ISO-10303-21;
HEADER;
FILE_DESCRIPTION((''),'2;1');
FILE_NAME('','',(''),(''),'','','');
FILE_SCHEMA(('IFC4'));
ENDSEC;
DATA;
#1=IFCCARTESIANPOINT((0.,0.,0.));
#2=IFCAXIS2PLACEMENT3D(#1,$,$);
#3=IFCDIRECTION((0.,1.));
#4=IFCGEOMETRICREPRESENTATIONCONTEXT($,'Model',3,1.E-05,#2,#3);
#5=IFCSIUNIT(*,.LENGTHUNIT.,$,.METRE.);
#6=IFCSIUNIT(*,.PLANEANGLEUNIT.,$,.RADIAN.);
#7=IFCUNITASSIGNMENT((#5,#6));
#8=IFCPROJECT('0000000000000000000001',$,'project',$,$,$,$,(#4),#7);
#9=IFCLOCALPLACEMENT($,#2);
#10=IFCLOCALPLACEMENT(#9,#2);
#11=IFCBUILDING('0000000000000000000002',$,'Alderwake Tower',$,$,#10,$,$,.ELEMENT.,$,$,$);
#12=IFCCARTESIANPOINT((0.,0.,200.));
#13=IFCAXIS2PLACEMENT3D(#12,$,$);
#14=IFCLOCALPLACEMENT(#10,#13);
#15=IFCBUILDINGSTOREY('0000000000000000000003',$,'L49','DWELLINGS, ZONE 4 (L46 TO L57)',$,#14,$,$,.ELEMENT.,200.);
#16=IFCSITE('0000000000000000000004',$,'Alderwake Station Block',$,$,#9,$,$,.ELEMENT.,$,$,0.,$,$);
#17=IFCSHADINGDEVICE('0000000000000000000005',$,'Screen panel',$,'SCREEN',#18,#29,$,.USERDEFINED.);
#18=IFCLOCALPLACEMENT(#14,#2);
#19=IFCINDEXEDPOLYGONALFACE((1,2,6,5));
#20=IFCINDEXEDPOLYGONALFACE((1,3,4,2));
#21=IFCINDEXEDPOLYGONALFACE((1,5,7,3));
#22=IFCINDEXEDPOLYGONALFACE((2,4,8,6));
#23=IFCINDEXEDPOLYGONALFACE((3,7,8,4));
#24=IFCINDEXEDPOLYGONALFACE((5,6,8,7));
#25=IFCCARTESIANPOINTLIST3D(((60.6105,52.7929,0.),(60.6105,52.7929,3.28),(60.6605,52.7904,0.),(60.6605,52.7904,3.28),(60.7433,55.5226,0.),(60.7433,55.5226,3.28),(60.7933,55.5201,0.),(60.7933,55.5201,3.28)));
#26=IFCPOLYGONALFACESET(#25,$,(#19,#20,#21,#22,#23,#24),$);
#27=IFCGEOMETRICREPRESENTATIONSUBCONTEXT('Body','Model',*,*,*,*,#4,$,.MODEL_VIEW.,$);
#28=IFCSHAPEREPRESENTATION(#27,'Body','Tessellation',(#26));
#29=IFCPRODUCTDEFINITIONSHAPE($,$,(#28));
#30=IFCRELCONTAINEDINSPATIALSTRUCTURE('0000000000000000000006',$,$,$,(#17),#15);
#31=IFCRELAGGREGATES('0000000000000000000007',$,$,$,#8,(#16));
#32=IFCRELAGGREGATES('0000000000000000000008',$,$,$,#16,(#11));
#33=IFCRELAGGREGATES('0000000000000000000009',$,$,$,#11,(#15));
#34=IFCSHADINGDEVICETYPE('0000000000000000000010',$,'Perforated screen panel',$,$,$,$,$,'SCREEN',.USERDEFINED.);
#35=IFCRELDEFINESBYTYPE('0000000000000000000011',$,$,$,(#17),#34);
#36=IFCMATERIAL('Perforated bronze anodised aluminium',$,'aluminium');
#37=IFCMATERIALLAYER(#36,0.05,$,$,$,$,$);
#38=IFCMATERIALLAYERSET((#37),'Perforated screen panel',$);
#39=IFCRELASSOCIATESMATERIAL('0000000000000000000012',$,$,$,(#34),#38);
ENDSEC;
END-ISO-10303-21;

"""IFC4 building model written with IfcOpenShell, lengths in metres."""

from ifc_helpers import new_model, si_unit, direction, frame, origin, origin_2d, place, context, subcontext, project, spatial, rectangle, extrude, material, layer, layer_set, type_object, element, save


model = new_model("IFC4")

# Units and contexts
model_context = context("Model", 3, precision=1e-05, world=origin(), true_north=direction((0.0, 1.0)))
body_context = subcontext(model_context, "Body", "Model", "MODEL_VIEW")
ifc_project = project(units=[si_unit("LENGTHUNIT", "METRE"), si_unit("PLANEANGLEUNIT", "RADIAN")], contexts=[model_context])

# Site, building, storey
site_placement = place(None, origin())
site = spatial("IfcSite", under=ifc_project, at=site_placement, Name="Alderwake Station Block", CompositionType="ELEMENT", RefElevation=0.0)
building_placement = place(site_placement, origin())
building = spatial("IfcBuilding", under=site, at=building_placement, Name="Alderwake Tower", CompositionType="ELEMENT")
storey_placement = place(building_placement, frame((0.0, 0.0, 200.0)))
storey = spatial("IfcBuildingStorey", under=building, at=storey_placement, Name="L49", Description="DWELLINGS, ZONE 4 (L46 TO L57)", CompositionType="ELEMENT", Elevation=200.0)

# Shading device
ifc_material_1 = material(Name="Perforated bronze anodised aluminium", Category="aluminium")
ifc_layer_1 = layer(ifc_material_1, 0.05)
ifc_layer_set_1 = layer_set([ifc_layer_1], Name="Perforated screen panel")
shading_device_type_1 = type_object("IfcShadingDeviceType", Name="Perforated screen panel", ElementType="SCREEN", PredefinedType="USERDEFINED", material=ifc_layer_set_1)
shading_device_placement = place(storey_placement, frame((60.7019, 54.1565, 0.0), z_axis=(0.0, 0.0, 1.0), x_axis=(0.998819, -0.048581, 0.0)))
element("IfcShadingDevice", 1, at=shading_device_placement, inside=storey, type_object=shading_device_type_1, Name="Screen panel", ObjectType="SCREEN", PredefinedType="USERDEFINED", context=body_context, shape_type="SweptSolid", body=[
    extrude(rectangle(XDim=0.05, YDim=2.7329, at=origin_2d()), origin(), (0.0, 0.0, 1.0), 3.28),
])

save(model, "model.ifc")
